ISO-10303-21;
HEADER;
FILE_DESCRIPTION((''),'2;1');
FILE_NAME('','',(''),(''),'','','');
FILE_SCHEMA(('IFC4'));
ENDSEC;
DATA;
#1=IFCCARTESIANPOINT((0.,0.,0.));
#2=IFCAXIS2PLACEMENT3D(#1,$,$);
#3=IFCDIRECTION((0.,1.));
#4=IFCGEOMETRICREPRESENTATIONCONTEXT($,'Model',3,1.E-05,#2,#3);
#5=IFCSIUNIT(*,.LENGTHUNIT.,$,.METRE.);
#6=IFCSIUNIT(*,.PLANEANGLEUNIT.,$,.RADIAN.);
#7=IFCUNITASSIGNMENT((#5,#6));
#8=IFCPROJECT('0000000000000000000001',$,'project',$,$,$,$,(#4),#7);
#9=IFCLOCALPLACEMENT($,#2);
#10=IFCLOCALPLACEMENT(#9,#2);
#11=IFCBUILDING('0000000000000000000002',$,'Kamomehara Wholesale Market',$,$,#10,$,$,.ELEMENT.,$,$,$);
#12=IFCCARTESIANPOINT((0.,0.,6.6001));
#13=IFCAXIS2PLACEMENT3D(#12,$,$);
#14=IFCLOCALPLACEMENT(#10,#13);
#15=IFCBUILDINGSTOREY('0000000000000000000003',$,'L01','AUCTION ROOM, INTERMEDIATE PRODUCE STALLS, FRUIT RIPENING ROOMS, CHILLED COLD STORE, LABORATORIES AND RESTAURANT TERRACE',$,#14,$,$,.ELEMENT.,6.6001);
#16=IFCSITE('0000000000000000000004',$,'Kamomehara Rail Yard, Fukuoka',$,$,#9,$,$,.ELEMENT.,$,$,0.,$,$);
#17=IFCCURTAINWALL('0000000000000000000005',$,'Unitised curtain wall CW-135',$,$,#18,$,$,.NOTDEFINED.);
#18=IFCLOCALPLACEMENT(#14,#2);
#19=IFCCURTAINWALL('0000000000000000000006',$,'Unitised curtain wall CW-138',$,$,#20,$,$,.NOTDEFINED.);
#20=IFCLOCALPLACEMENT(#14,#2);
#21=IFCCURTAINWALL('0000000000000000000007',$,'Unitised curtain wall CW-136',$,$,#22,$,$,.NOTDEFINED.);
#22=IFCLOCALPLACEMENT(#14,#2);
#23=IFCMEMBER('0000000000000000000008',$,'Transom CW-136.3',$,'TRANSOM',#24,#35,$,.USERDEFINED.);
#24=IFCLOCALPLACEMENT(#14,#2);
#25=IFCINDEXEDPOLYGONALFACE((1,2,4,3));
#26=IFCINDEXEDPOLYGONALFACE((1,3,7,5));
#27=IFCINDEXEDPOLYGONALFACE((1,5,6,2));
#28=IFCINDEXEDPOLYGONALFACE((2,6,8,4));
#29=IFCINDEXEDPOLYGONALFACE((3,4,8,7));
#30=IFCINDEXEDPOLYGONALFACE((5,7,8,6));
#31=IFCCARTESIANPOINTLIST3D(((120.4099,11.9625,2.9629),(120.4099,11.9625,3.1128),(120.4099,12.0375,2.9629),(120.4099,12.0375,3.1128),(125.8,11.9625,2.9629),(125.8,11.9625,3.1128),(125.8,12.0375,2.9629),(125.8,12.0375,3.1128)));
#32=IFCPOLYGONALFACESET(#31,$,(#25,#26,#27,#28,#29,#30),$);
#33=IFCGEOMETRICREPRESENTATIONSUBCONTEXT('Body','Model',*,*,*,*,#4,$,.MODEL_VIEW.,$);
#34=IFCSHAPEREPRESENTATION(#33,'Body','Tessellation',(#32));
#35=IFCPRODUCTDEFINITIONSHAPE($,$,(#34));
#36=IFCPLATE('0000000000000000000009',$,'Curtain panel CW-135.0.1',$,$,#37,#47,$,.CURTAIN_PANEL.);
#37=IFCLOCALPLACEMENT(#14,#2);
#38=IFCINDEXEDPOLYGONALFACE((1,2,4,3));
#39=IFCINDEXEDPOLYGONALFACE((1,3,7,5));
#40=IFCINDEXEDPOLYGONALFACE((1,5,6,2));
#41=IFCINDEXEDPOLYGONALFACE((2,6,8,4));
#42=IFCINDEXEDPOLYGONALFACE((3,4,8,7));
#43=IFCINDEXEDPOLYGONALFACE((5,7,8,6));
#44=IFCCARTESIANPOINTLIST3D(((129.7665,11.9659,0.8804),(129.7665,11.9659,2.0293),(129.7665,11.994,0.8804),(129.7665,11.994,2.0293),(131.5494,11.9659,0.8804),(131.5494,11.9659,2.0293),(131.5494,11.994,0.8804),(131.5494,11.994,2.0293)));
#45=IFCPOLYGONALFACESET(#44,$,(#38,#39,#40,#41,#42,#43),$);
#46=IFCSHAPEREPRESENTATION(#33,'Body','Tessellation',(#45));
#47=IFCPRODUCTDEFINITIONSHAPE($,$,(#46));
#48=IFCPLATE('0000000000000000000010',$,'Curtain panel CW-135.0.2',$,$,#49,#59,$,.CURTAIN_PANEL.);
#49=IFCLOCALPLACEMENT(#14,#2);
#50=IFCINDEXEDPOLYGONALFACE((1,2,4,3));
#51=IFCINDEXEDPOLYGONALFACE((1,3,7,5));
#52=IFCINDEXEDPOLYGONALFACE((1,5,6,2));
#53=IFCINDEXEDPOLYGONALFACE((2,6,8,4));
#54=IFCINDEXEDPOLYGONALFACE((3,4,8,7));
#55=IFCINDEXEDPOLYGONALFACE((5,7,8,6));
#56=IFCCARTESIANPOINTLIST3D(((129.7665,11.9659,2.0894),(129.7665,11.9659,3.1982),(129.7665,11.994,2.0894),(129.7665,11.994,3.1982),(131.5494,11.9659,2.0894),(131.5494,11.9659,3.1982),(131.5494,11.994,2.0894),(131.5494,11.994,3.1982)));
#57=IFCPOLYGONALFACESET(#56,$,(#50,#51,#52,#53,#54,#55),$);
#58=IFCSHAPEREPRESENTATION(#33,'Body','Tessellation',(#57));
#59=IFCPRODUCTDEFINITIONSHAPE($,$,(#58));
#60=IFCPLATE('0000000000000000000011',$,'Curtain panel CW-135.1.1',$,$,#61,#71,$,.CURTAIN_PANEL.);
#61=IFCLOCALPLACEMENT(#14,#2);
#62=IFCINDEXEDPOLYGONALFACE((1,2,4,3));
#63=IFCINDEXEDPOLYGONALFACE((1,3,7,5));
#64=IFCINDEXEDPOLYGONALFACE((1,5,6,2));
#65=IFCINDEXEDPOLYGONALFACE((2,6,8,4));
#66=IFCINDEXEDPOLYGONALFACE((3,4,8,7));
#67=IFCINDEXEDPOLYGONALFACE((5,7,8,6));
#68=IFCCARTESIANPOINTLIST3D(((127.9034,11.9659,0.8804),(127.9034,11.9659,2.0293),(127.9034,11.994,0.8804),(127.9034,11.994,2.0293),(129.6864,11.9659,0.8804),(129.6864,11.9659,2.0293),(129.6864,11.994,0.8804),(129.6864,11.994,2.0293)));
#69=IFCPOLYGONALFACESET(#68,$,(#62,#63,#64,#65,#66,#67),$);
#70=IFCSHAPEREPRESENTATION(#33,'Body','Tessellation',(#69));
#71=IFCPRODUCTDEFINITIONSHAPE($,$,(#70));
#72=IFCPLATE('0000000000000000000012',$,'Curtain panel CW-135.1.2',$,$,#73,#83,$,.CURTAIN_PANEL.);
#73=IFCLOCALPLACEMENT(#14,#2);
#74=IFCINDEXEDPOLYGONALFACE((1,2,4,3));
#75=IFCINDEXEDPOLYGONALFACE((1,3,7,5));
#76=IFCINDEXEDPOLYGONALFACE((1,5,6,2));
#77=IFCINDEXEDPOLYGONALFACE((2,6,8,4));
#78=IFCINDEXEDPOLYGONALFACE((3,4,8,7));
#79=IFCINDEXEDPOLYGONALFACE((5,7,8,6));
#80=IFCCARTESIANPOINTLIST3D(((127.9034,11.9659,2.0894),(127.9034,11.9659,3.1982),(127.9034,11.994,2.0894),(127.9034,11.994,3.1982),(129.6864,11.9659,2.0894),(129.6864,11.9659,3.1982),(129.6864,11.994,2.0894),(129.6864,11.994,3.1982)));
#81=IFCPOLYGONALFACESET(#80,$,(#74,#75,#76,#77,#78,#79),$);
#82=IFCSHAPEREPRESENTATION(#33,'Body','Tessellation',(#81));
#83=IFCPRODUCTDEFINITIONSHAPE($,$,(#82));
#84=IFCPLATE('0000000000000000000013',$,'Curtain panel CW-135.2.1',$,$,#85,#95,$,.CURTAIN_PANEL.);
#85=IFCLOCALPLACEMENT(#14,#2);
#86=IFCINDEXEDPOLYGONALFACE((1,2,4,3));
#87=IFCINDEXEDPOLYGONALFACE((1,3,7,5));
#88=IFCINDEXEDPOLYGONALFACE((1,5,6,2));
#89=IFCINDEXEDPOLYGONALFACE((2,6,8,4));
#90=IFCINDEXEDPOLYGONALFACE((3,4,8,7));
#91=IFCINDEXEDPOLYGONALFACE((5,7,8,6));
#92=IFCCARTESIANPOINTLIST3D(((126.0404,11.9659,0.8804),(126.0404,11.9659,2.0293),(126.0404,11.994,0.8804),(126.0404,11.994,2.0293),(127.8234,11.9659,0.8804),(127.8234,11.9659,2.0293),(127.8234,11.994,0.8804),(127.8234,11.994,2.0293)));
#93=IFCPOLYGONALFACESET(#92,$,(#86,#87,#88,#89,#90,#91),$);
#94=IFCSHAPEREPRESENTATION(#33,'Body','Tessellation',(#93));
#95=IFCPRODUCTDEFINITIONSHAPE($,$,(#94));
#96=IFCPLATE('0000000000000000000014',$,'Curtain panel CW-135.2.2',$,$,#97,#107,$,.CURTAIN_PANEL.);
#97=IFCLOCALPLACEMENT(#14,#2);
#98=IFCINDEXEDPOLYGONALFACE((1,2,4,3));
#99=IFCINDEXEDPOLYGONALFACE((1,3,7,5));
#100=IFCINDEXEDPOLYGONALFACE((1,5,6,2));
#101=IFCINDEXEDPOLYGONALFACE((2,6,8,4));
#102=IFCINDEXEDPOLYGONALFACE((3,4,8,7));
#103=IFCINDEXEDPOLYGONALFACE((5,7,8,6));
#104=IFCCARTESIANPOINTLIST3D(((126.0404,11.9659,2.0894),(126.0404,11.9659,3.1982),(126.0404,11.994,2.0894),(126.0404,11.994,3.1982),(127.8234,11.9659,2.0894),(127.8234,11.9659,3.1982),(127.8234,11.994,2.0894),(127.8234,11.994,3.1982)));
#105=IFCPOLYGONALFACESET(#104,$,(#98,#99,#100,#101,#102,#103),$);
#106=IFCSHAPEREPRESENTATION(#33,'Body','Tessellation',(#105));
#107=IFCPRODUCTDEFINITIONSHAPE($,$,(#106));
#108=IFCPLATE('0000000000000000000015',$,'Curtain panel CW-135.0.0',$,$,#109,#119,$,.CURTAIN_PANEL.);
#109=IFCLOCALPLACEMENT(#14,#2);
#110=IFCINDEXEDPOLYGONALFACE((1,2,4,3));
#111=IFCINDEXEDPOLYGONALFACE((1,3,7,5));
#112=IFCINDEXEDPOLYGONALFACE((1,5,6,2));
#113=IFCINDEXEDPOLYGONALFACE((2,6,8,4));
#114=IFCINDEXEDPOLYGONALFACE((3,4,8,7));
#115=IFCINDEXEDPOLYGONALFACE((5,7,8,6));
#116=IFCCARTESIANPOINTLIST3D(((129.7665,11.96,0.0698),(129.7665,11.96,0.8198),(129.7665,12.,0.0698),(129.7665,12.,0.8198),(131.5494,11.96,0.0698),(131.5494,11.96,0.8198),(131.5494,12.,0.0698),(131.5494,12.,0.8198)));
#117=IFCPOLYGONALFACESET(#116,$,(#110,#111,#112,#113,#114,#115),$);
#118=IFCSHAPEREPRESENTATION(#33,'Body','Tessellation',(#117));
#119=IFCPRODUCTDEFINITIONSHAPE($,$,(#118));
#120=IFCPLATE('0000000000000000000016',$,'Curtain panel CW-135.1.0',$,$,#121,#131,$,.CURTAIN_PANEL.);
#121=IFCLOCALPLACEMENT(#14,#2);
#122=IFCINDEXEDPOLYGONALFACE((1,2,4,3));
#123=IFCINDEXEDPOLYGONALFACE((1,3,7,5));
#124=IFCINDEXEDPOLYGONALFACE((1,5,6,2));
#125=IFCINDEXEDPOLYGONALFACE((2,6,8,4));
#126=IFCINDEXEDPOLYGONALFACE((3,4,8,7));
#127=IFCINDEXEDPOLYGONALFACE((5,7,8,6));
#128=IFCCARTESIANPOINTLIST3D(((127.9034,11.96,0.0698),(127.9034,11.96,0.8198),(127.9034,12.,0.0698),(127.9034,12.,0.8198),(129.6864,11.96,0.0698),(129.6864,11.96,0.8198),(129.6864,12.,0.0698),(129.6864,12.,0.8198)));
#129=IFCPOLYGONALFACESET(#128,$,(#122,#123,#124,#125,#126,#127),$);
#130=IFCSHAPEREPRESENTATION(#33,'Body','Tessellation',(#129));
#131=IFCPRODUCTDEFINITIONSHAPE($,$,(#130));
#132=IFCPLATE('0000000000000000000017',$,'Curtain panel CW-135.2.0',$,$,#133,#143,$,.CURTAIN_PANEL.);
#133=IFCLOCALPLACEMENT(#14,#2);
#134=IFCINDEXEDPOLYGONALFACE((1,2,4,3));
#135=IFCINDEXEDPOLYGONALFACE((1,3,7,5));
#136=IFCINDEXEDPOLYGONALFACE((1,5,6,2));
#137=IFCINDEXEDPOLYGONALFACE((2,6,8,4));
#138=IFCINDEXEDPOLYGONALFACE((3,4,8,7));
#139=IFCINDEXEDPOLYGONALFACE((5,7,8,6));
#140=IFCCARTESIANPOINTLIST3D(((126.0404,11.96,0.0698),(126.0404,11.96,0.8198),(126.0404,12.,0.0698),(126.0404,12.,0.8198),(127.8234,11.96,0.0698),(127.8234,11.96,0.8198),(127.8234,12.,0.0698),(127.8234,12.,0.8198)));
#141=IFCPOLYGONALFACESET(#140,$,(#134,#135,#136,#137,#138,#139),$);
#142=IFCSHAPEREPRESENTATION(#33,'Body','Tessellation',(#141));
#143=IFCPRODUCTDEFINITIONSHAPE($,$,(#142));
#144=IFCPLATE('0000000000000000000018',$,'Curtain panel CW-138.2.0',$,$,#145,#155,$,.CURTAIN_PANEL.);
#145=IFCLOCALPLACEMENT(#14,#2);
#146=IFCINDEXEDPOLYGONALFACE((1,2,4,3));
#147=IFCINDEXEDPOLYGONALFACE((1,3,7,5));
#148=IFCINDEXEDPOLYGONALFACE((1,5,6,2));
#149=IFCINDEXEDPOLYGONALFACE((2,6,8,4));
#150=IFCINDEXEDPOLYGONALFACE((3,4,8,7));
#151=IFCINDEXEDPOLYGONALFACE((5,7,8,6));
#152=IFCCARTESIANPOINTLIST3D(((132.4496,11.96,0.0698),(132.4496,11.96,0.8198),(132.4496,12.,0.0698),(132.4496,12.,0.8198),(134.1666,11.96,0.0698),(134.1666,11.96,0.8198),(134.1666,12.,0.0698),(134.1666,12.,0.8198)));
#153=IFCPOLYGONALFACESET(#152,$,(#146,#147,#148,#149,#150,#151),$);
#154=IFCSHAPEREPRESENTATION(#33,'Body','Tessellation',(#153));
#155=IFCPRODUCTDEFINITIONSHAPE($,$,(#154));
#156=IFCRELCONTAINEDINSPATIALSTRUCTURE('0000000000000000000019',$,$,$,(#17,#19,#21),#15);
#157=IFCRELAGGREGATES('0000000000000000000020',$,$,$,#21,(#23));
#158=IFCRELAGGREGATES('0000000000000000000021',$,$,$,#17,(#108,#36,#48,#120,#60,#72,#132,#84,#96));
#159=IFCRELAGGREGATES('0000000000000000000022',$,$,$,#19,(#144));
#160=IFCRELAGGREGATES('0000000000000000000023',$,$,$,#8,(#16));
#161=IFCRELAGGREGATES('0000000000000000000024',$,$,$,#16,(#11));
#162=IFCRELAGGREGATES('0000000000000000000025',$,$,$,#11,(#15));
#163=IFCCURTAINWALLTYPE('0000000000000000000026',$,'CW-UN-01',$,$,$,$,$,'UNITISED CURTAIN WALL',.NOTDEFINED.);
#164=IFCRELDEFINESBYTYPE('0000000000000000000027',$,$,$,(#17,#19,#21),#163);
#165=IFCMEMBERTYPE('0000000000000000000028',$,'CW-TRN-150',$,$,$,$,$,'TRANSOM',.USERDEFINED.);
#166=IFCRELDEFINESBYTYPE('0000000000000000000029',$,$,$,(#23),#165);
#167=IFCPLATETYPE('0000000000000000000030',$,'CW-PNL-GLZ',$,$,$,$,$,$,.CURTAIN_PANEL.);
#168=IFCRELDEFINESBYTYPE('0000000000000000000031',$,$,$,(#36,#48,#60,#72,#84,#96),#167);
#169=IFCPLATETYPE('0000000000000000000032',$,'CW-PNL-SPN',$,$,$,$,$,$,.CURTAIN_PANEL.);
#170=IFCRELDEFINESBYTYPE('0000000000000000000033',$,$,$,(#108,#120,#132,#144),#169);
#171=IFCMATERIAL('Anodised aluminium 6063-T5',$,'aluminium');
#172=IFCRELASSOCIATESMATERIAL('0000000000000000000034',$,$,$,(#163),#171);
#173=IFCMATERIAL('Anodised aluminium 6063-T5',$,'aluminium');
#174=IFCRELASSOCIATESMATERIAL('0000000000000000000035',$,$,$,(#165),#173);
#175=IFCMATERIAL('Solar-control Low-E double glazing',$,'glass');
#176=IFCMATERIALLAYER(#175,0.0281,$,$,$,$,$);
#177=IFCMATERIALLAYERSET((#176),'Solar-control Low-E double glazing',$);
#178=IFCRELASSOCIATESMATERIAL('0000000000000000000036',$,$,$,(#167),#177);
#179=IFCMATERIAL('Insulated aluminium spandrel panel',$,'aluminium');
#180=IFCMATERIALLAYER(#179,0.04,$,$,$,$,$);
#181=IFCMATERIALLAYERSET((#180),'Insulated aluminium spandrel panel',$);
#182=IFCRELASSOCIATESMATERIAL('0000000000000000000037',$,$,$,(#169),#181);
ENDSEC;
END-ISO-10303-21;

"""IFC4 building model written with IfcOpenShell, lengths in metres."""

from ifc_helpers import new_model, si_unit, direction, frame, origin, origin_2d, place, context, subcontext, project, spatial, rectangle, extrude, material, layer, layer_set, material_profile, profile_set, type_object, element, aggregate, save


model = new_model("IFC4")

# Units and contexts
model_context = context("Model", 3, precision=1e-05, world=origin(), true_north=direction((0.0, 1.0)))
body_context = subcontext(model_context, "Body", "Model", "MODEL_VIEW")
ifc_project = project(units=[si_unit("LENGTHUNIT", "METRE"), si_unit("PLANEANGLEUNIT", "RADIAN")], contexts=[model_context])

# Site, building, storey
site_placement = place(None, origin())
site = spatial("IfcSite", under=ifc_project, at=site_placement, Name="Kamomehara Rail Yard, Fukuoka", CompositionType="ELEMENT", RefElevation=0.0)
building_placement = place(site_placement, origin())
building = spatial("IfcBuilding", under=site, at=building_placement, Name="Kamomehara Wholesale Market", CompositionType="ELEMENT")
storey_placement = place(building_placement, frame((0.0, 0.0, 6.6001)))
storey = spatial("IfcBuildingStorey", under=building, at=storey_placement, Name="L01", Description="AUCTION ROOM, INTERMEDIATE PRODUCE STALLS, FRUIT RIPENING ROOMS, CHILLED COLD STORE, LABORATORIES AND RESTAURANT TERRACE", CompositionType="ELEMENT", Elevation=6.6001)

# Curtain wall
ifc_material_1 = material(Name="Anodised aluminium 6063-T5", Category="aluminium")
curtain_wall_type = type_object("IfcCurtainWallType", Name="CW-UN-01", ElementType="UNITISED CURTAIN WALL", PredefinedType="NOTDEFINED", material=ifc_material_1)
curtain_wall_1_placement = place(storey_placement, origin())
curtain_wall_1 = element("IfcCurtainWall", 1, at=curtain_wall_1_placement, inside=storey, type_object=curtain_wall_type, Name="Unitised curtain wall CW-135", PredefinedType="NOTDEFINED")

# Curtain wall
curtain_wall_2_placement = place(storey_placement, origin())
curtain_wall_2 = element("IfcCurtainWall", 2, at=curtain_wall_2_placement, inside=storey, type_object=curtain_wall_type, Name="Unitised curtain wall CW-138", PredefinedType="NOTDEFINED")

# Shared definitions
ifc_material_2 = material(Name="Anodised aluminium 6063-T5", Category="aluminium")
ifc_material_profile_1 = material_profile(ifc_material_2, rectangle(XDim=0.075, YDim=0.1499, at=origin_2d()), Name="ALU-TRN-75x150")
ifc_profile_set_1 = profile_set([ifc_material_profile_1], Name="Anodised aluminium 6063-T5")
member_type_1 = type_object("IfcMemberType", Name="CW-TRN-150", ElementType="TRANSOM", PredefinedType="USERDEFINED", material=ifc_profile_set_1)

# Curtain wall, member
curtain_wall_3_placement = place(storey_placement, origin())
curtain_wall_3 = element("IfcCurtainWall", 3, at=curtain_wall_3_placement, inside=storey, type_object=curtain_wall_type, Name="Unitised curtain wall CW-136", PredefinedType="NOTDEFINED")
member_1_placement = place(storey_placement, frame((125.8, 12.0, 3.0378), z_axis=(-1.0, 0.0, 0.0), x_axis=(0.0, -1.0, 0.0)))
member_1 = element("IfcMember", 4, at=member_1_placement, type_object=member_type_1, Name="Transom CW-136.3", ObjectType="TRANSOM", PredefinedType="USERDEFINED", context=body_context, shape_type="SweptSolid", body=[
    extrude(rectangle(XDim=0.075, YDim=0.1499, at=origin_2d()), origin(), (0.0, 0.0, 1.0), 5.3901),
])
aggregate(curtain_wall_3, [member_1])

# Plates
ifc_material_3 = material(Name="Solar-control Low-E double glazing", Category="glass")
ifc_layer_1 = layer(ifc_material_3, 0.0281)
ifc_layer_set_1 = layer_set([ifc_layer_1], Name="Solar-control Low-E double glazing")
plate_type_1 = type_object("IfcPlateType", Name="CW-PNL-GLZ", PredefinedType="CURTAIN_PANEL", material=ifc_layer_set_1)
plate_1_placement = place(storey_placement, frame((130.658, 11.98, 0.8804), z_axis=(0.0, 0.0, 1.0), x_axis=(-1.0, 0.0, 0.0)))
plate_1 = element("IfcPlate", 5, at=plate_1_placement, type_object=plate_type_1, Name="Curtain panel CW-135.0.1", PredefinedType="CURTAIN_PANEL", context=body_context, shape_type="SweptSolid", body=[
    extrude(rectangle(XDim=1.783, YDim=0.0281, at=origin_2d()), origin(), (0.0, 0.0, 1.0), 1.1489),
])
plate_2_placement = place(storey_placement, frame((130.658, 11.98, 2.0894), z_axis=(0.0, 0.0, 1.0), x_axis=(-1.0, 0.0, 0.0)))
plate_2 = element("IfcPlate", 6, at=plate_2_placement, type_object=plate_type_1, Name="Curtain panel CW-135.0.2", PredefinedType="CURTAIN_PANEL", context=body_context, shape_type="SweptSolid", body=[
    extrude(rectangle(XDim=1.783, YDim=0.0281, at=origin_2d()), origin(), (0.0, 0.0, 1.0), 1.1089),
])
plate_3_placement = place(storey_placement, frame((128.7949, 11.98, 0.8804), z_axis=(0.0, 0.0, 1.0), x_axis=(-1.0, 0.0, 0.0)))
plate_3 = element("IfcPlate", 7, at=plate_3_placement, type_object=plate_type_1, Name="Curtain panel CW-135.1.1", PredefinedType="CURTAIN_PANEL", context=body_context, shape_type="SweptSolid", body=[
    extrude(rectangle(XDim=1.783, YDim=0.0281, at=origin_2d()), origin(), (0.0, 0.0, 1.0), 1.1489),
])
plate_4_placement = place(storey_placement, frame((128.7949, 11.98, 2.0894), z_axis=(0.0, 0.0, 1.0), x_axis=(-1.0, 0.0, 0.0)))
plate_4 = element("IfcPlate", 8, at=plate_4_placement, type_object=plate_type_1, Name="Curtain panel CW-135.1.2", PredefinedType="CURTAIN_PANEL", context=body_context, shape_type="SweptSolid", body=[
    extrude(rectangle(XDim=1.783, YDim=0.0281, at=origin_2d()), origin(), (0.0, 0.0, 1.0), 1.1089),
])
plate_5_placement = place(storey_placement, frame((126.9319, 11.98, 0.8804), z_axis=(0.0, 0.0, 1.0), x_axis=(-1.0, 0.0, 0.0)))
plate_5 = element("IfcPlate", 9, at=plate_5_placement, type_object=plate_type_1, Name="Curtain panel CW-135.2.1", PredefinedType="CURTAIN_PANEL", context=body_context, shape_type="SweptSolid", body=[
    extrude(rectangle(XDim=1.783, YDim=0.0281, at=origin_2d()), origin(), (0.0, 0.0, 1.0), 1.1489),
])
plate_6_placement = place(storey_placement, frame((126.9319, 11.98, 2.0894), z_axis=(0.0, 0.0, 1.0), x_axis=(-1.0, 0.0, 0.0)))
plate_6 = element("IfcPlate", 10, at=plate_6_placement, type_object=plate_type_1, Name="Curtain panel CW-135.2.2", PredefinedType="CURTAIN_PANEL", context=body_context, shape_type="SweptSolid", body=[
    extrude(rectangle(XDim=1.783, YDim=0.0281, at=origin_2d()), origin(), (0.0, 0.0, 1.0), 1.1089),
])
ifc_material_4 = material(Name="Insulated aluminium spandrel panel", Category="aluminium")
ifc_layer_2 = layer(ifc_material_4, 0.04)
ifc_layer_set_2 = layer_set([ifc_layer_2], Name="Insulated aluminium spandrel panel")
plate_type_2 = type_object("IfcPlateType", Name="CW-PNL-SPN", PredefinedType="CURTAIN_PANEL", material=ifc_layer_set_2)
plate_7_placement = place(storey_placement, frame((130.658, 11.98, 0.0698), z_axis=(0.0, 0.0, 1.0), x_axis=(-1.0, 0.0, 0.0)))
plate_7 = element("IfcPlate", 11, at=plate_7_placement, type_object=plate_type_2, Name="Curtain panel CW-135.0.0", PredefinedType="CURTAIN_PANEL", context=body_context, shape_type="SweptSolid", body=[
    extrude(rectangle(XDim=1.783, YDim=0.04, at=origin_2d()), origin(), (0.0, 0.0, 1.0), 0.75),
])
plate_8_placement = place(storey_placement, frame((128.7949, 11.98, 0.0698), z_axis=(0.0, 0.0, 1.0), x_axis=(-1.0, 0.0, 0.0)))
plate_8 = element("IfcPlate", 12, at=plate_8_placement, type_object=plate_type_2, Name="Curtain panel CW-135.1.0", PredefinedType="CURTAIN_PANEL", context=body_context, shape_type="SweptSolid", body=[
    extrude(rectangle(XDim=1.783, YDim=0.04, at=origin_2d()), origin(), (0.0, 0.0, 1.0), 0.75),
])
plate_9_placement = place(storey_placement, frame((126.9319, 11.98, 0.0698), z_axis=(0.0, 0.0, 1.0), x_axis=(-1.0, 0.0, 0.0)))
plate_9 = element("IfcPlate", 13, at=plate_9_placement, type_object=plate_type_2, Name="Curtain panel CW-135.2.0", PredefinedType="CURTAIN_PANEL", context=body_context, shape_type="SweptSolid", body=[
    extrude(rectangle(XDim=1.783, YDim=0.04, at=origin_2d()), origin(), (0.0, 0.0, 1.0), 0.75),
])
aggregate(curtain_wall_1, [plate_7, plate_1, plate_2, plate_8, plate_3, plate_4, plate_9, plate_5, plate_6])
plate_10_placement = place(storey_placement, frame((133.3081, 11.98, 0.0698), z_axis=(0.0, 0.0, 1.0), x_axis=(-1.0, 0.0, 0.0)))
plate_10 = element("IfcPlate", 14, at=plate_10_placement, type_object=plate_type_2, Name="Curtain panel CW-138.2.0", PredefinedType="CURTAIN_PANEL", context=body_context, shape_type="SweptSolid", body=[
    extrude(rectangle(XDim=1.717, YDim=0.04, at=origin_2d()), origin(), (0.0, 0.0, 1.0), 0.75),
])
aggregate(curtain_wall_2, [plate_10])

save(model, "model.ifc")
